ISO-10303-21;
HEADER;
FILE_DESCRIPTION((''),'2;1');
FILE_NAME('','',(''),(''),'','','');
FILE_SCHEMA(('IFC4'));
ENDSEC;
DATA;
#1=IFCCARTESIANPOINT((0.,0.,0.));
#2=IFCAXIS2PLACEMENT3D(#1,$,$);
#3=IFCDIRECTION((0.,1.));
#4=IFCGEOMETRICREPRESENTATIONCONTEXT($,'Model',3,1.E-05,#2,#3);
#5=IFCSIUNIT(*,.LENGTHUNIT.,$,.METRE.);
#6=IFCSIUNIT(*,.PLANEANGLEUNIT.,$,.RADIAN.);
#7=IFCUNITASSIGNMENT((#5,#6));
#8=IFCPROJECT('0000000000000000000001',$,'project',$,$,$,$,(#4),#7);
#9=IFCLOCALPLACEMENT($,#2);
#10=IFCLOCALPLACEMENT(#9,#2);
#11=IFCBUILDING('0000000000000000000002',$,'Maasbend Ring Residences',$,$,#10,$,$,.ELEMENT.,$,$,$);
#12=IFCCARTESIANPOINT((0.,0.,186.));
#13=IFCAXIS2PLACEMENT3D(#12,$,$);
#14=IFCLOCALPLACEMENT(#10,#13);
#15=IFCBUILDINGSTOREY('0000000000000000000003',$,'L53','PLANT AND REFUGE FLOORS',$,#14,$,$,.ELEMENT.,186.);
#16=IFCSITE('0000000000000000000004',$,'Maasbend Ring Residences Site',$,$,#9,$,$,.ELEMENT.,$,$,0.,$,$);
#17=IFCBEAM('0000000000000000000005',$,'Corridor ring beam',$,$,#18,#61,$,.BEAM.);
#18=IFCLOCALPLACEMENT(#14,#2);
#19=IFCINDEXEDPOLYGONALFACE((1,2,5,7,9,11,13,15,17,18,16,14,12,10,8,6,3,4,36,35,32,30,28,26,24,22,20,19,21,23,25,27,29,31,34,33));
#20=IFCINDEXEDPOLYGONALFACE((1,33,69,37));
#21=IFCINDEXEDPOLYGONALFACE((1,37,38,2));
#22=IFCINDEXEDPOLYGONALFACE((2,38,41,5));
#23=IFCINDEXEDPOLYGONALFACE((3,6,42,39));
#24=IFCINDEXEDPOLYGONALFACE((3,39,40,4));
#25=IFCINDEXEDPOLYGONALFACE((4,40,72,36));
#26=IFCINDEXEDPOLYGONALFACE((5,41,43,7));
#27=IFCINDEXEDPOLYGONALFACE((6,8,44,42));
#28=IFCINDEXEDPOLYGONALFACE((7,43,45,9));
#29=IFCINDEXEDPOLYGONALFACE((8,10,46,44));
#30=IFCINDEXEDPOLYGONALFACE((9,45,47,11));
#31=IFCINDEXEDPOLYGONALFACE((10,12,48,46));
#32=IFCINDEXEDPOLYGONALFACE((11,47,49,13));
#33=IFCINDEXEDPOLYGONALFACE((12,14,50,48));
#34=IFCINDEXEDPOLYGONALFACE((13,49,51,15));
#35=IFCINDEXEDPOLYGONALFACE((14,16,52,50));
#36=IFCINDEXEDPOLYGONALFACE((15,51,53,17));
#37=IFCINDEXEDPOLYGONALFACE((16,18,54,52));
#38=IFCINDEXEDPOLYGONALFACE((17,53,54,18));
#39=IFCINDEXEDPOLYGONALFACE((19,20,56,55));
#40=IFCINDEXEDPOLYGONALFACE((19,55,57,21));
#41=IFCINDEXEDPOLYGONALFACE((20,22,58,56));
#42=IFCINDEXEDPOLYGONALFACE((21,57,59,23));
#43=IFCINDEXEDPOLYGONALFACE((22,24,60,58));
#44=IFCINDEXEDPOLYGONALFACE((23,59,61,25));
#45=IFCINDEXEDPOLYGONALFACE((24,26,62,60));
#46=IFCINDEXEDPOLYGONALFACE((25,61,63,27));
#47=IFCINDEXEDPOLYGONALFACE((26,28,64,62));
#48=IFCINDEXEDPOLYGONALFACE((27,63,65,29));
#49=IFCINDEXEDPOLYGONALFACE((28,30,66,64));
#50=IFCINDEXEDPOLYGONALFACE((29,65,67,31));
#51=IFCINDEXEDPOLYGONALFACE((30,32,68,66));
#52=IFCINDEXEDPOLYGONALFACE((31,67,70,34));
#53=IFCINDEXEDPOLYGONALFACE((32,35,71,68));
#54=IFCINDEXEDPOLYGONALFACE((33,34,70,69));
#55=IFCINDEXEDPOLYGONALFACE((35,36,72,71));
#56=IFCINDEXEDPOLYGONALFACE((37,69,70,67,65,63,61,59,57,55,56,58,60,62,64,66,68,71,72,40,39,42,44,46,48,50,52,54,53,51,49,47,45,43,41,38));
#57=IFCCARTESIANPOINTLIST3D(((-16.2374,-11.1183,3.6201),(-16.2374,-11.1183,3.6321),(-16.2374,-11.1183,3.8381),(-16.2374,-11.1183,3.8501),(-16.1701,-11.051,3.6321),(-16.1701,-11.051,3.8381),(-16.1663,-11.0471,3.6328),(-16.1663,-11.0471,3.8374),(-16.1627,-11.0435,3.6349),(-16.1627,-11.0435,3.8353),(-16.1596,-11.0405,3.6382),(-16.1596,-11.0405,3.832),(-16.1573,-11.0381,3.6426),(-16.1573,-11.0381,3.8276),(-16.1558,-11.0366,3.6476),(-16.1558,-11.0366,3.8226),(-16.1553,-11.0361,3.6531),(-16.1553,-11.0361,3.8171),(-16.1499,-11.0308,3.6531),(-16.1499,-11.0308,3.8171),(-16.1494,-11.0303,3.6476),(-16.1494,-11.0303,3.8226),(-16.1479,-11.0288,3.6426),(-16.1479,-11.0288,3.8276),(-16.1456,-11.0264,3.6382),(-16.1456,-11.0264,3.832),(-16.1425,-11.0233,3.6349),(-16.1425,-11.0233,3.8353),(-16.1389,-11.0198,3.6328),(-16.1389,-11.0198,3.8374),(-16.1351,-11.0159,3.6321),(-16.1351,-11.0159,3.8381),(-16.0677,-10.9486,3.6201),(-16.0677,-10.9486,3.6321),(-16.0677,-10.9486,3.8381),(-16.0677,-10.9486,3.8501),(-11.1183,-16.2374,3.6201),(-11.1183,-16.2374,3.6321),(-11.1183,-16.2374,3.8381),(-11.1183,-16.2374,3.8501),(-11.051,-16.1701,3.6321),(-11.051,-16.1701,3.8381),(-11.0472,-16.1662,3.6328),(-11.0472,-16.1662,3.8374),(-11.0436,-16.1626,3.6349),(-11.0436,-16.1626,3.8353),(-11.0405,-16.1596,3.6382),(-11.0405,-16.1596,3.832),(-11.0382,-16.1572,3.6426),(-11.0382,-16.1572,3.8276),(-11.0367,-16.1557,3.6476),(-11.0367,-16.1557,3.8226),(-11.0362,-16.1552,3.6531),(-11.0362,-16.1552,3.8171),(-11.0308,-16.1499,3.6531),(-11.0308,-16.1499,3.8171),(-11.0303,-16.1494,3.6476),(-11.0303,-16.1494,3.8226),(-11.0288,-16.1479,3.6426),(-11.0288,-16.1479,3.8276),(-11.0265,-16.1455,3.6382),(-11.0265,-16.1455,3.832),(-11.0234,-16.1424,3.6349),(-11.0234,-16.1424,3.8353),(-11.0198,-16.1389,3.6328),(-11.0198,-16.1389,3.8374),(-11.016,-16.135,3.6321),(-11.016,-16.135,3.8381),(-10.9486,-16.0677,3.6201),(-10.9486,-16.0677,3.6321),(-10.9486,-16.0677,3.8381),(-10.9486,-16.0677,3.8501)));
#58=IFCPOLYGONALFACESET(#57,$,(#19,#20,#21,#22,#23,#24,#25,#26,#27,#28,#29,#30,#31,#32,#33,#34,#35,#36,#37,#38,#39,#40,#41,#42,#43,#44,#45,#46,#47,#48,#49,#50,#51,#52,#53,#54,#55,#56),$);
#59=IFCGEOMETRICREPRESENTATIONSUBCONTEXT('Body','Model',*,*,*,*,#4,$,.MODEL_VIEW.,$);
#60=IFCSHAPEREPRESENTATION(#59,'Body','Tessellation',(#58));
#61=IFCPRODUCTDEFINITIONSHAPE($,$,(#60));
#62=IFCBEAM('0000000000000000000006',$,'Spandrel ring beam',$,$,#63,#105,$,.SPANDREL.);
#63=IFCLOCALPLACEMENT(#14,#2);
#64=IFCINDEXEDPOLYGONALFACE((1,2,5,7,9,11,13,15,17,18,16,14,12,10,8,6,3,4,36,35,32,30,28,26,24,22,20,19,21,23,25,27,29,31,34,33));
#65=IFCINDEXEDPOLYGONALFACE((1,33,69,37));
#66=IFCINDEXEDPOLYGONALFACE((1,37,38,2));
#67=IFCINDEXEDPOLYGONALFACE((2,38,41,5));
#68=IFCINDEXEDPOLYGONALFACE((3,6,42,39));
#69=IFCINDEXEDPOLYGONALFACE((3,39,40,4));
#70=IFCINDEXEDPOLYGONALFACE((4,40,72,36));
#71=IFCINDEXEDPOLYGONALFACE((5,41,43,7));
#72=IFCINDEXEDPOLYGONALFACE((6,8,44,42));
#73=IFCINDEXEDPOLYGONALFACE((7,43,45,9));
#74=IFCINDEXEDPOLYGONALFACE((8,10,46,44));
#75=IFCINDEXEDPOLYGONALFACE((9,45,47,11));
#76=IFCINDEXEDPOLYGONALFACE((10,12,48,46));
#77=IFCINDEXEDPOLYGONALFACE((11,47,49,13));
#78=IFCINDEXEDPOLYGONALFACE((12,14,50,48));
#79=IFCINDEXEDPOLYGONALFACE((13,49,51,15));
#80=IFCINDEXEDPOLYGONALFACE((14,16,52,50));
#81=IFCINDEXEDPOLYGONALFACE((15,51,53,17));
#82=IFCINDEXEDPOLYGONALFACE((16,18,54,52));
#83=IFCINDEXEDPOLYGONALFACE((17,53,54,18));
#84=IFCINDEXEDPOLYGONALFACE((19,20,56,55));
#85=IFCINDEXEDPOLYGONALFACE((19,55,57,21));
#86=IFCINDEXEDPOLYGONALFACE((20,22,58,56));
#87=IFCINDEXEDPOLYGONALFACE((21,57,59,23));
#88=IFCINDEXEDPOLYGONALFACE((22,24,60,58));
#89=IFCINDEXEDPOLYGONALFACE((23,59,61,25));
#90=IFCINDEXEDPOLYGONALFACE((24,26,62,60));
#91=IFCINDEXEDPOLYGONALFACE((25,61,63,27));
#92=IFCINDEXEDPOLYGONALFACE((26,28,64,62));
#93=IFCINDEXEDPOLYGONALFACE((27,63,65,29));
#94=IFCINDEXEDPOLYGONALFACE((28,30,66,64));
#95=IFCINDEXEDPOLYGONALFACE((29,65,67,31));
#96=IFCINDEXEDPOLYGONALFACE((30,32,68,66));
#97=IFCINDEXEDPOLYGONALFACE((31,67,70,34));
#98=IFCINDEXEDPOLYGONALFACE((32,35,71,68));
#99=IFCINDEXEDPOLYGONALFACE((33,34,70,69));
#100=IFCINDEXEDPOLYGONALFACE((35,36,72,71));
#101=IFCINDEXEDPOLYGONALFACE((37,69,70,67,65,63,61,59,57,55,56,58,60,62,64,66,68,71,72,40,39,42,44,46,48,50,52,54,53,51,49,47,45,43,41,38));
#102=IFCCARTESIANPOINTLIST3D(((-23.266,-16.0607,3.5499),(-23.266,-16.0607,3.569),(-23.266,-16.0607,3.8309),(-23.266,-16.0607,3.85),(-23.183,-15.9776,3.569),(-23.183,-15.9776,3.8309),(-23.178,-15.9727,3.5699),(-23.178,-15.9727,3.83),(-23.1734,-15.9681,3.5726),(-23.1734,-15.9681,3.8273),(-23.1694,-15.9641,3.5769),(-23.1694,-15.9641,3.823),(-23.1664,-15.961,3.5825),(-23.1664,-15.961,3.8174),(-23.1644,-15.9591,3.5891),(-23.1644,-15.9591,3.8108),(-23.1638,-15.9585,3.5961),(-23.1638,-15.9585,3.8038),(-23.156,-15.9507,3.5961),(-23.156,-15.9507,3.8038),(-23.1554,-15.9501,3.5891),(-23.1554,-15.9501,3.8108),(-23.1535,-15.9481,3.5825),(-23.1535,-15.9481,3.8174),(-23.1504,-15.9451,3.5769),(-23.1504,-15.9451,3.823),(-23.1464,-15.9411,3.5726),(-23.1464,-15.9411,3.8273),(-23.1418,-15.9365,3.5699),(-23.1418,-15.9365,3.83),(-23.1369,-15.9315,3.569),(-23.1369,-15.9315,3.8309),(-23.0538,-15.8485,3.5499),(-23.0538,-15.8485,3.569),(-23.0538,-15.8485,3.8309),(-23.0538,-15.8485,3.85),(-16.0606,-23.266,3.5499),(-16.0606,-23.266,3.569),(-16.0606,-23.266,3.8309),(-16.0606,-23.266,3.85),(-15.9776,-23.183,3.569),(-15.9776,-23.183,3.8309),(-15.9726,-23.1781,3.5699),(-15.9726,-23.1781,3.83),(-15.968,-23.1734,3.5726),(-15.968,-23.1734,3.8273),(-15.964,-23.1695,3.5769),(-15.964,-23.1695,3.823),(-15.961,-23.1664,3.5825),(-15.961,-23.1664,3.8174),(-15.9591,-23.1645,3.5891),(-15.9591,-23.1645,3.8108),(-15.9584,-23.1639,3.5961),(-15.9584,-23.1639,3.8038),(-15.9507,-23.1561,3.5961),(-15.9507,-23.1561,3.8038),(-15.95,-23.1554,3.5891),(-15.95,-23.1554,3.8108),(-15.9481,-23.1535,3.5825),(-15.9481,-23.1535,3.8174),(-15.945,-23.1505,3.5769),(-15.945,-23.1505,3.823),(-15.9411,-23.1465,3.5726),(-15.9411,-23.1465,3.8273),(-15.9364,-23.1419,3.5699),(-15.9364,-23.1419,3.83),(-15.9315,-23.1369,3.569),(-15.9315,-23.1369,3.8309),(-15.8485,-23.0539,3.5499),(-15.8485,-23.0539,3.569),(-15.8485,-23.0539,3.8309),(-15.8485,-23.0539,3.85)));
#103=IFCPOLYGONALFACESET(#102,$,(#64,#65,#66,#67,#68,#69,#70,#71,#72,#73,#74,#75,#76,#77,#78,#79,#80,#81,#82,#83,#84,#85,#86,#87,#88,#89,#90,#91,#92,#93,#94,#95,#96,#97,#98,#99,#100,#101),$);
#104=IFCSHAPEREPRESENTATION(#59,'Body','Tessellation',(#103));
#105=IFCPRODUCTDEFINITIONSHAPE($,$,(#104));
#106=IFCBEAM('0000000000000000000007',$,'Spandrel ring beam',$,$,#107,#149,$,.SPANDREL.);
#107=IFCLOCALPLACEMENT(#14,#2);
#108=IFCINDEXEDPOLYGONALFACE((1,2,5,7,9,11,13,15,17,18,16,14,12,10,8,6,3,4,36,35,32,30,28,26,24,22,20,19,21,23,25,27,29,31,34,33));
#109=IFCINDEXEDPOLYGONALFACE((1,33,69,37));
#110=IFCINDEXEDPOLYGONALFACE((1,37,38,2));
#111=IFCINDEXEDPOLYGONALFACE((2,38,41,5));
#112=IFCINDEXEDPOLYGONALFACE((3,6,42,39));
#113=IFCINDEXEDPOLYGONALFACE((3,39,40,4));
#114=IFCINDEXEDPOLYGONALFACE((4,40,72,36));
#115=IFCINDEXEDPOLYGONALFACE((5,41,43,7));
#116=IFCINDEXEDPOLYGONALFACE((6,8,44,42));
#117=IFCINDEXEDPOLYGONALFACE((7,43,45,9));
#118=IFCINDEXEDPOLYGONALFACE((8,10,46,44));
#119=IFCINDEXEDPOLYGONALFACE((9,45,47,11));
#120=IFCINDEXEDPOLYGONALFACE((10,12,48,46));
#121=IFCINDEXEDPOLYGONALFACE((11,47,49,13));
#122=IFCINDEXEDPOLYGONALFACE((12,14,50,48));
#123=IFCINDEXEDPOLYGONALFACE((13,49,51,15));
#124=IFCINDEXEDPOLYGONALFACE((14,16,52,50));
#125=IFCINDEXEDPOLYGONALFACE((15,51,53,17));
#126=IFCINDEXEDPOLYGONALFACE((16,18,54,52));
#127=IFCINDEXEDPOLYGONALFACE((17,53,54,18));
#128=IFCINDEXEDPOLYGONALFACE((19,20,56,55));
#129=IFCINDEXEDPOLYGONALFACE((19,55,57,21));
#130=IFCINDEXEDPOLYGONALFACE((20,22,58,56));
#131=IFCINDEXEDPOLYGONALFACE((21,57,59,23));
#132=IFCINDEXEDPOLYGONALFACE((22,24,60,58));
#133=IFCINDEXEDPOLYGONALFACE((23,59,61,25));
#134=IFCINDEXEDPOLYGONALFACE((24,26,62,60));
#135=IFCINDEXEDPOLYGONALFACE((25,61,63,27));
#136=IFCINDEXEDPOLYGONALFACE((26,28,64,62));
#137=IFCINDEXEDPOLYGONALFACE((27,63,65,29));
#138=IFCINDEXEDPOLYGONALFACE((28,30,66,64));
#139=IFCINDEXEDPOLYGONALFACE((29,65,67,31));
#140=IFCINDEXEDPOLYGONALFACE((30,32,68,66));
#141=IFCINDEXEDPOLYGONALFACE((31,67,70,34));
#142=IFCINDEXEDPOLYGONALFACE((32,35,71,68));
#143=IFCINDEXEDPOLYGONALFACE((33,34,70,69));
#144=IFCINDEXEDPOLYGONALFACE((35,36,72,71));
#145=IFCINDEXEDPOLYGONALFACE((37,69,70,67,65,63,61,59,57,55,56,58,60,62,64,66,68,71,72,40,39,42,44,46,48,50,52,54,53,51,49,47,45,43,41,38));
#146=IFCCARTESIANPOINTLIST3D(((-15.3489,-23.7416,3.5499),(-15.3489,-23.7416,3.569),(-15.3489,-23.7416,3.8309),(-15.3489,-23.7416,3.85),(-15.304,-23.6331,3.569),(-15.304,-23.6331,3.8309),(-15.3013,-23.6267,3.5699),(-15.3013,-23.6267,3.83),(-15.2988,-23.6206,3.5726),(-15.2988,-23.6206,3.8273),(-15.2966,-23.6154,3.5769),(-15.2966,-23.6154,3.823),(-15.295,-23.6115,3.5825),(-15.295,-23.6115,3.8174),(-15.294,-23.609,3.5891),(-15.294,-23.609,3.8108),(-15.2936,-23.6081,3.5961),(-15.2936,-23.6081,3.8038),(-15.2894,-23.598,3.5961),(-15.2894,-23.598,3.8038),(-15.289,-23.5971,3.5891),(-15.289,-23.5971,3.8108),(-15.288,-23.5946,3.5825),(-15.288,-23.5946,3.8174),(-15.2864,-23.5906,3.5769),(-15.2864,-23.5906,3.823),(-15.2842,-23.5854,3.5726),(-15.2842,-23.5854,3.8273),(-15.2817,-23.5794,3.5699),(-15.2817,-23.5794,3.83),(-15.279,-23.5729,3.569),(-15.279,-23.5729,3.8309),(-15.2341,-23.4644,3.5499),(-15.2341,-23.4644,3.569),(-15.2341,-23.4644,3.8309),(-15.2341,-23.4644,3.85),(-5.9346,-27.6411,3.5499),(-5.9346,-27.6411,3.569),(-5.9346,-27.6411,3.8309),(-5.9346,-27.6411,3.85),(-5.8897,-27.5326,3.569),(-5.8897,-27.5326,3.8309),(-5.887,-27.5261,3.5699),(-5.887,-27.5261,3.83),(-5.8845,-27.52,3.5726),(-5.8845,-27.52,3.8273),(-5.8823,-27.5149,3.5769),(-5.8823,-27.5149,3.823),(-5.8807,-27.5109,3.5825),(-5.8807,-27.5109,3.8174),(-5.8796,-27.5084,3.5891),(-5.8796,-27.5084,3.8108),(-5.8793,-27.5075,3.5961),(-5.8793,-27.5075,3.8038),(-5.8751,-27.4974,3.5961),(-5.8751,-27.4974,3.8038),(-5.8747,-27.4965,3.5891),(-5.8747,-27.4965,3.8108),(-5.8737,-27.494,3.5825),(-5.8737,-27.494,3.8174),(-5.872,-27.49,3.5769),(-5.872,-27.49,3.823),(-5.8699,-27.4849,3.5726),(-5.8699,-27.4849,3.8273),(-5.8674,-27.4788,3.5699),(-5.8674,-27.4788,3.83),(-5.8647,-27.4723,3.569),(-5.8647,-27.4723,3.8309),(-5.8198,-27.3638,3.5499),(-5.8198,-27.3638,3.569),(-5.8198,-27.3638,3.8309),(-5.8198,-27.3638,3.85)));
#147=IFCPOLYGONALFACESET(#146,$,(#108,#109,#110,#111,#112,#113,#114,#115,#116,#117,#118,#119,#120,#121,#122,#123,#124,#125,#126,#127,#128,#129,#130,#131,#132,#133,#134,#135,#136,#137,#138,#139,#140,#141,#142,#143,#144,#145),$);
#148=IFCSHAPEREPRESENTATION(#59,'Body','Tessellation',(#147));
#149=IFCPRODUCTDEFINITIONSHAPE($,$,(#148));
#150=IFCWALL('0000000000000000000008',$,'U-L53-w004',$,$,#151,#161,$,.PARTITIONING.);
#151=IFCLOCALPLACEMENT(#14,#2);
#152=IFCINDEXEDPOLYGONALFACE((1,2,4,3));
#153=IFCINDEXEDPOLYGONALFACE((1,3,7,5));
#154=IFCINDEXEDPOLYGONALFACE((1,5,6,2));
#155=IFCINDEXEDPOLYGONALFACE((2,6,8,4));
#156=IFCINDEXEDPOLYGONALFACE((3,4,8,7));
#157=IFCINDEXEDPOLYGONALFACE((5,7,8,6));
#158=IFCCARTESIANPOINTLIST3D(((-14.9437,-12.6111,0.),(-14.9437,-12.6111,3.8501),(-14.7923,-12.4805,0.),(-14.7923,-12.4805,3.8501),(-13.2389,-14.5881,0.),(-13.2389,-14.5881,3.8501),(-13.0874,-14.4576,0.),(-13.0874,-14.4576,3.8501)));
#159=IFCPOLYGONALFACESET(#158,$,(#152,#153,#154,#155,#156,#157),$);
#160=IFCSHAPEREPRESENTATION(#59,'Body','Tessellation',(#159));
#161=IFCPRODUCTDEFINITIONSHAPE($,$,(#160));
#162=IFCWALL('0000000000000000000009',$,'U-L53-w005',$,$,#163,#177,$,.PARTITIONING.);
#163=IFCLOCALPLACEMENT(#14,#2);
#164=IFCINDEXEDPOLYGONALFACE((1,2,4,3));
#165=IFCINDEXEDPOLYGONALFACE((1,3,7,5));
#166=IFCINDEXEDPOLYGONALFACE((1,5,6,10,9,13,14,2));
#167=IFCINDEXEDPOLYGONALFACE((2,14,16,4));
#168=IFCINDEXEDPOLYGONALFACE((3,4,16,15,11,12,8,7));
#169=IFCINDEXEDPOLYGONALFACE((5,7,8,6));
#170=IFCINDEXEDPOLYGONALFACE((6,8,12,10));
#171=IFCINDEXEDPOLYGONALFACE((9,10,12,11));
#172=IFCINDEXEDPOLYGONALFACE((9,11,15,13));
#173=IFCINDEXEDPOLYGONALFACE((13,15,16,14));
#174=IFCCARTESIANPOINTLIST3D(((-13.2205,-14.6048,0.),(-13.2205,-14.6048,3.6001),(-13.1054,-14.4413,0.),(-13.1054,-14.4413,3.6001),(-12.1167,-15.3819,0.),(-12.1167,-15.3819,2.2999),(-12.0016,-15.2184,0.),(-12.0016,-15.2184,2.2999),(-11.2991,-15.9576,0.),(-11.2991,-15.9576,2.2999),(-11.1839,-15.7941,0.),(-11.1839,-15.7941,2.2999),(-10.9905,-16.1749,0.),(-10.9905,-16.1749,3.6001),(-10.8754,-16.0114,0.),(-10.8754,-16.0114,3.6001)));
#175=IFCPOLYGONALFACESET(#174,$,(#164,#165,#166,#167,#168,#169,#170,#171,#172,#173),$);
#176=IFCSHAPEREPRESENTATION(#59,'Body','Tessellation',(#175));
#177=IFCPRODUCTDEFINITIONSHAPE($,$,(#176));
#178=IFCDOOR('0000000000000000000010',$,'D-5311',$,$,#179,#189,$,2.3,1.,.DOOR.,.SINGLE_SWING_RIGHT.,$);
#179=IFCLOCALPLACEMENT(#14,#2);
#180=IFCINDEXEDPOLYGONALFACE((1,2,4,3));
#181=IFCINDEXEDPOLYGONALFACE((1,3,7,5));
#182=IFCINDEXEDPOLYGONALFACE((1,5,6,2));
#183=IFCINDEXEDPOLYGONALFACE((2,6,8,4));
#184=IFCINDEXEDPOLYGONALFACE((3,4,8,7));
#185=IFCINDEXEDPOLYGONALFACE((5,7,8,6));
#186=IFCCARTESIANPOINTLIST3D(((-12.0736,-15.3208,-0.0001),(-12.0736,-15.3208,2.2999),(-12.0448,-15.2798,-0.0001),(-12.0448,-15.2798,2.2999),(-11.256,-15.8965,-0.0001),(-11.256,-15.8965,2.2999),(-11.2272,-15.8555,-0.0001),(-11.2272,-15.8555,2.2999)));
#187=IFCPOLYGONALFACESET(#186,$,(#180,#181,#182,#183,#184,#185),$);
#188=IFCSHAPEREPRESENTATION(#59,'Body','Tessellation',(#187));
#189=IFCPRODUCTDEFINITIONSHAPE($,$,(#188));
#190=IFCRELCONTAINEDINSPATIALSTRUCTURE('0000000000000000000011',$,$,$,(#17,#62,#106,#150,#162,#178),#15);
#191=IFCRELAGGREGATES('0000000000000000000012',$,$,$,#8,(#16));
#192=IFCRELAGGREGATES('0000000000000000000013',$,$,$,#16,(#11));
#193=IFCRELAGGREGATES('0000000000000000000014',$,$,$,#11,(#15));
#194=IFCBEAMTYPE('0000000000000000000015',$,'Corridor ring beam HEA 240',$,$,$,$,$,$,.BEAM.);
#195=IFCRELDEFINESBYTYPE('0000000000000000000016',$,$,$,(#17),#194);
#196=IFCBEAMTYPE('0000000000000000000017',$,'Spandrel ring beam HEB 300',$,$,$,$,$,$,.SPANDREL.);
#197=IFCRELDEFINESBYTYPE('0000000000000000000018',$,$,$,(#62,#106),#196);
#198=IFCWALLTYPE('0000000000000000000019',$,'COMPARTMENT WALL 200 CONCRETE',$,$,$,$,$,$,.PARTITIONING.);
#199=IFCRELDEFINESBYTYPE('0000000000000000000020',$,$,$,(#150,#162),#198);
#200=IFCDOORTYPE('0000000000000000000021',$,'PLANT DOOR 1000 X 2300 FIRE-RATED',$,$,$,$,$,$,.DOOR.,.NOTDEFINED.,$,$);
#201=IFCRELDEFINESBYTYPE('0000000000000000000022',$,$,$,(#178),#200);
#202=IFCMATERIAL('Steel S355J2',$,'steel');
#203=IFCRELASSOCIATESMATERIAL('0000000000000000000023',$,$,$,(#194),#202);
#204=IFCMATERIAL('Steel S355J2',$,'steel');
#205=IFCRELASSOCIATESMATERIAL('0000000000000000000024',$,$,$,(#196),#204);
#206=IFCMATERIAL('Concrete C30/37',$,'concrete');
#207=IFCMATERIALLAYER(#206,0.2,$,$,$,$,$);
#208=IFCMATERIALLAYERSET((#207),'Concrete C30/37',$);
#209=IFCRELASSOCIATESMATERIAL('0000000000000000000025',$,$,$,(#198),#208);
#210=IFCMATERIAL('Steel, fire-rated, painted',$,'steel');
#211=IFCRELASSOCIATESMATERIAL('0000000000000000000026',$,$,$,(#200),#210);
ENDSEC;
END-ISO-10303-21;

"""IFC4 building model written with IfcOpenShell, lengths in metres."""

from ifc_helpers import new_model, si_unit, direction, frame, frame_2d, origin, origin_2d, place, context, subcontext, project, spatial, rectangle, i_section, extrude, material, layer, layer_set, material_profile, profile_set, type_object, element, fill, save


model = new_model("IFC4")

# Units and contexts
model_context = context("Model", 3, precision=1e-05, world=origin(), true_north=direction((0.0, 1.0)))
body_context = subcontext(model_context, "Body", "Model", "MODEL_VIEW")
ifc_project = project(units=[si_unit("LENGTHUNIT", "METRE"), si_unit("PLANEANGLEUNIT", "RADIAN")], contexts=[model_context])

# Site, building, storey
site_placement = place(None, origin())
site = spatial("IfcSite", under=ifc_project, at=site_placement, Name="Maasbend Ring Residences Site", CompositionType="ELEMENT", RefElevation=0.0)
building_placement = place(site_placement, origin())
building = spatial("IfcBuilding", under=site, at=building_placement, Name="Maasbend Ring Residences", CompositionType="ELEMENT")
storey_placement = place(building_placement, frame((0.0, 0.0, 186.0)))
storey = spatial("IfcBuildingStorey", under=building, at=storey_placement, Name="L53", Description="PLANT AND REFUGE FLOORS", CompositionType="ELEMENT", Elevation=186.0)

# Beams
ifc_material_1 = material(Name="Steel S355J2", Category="steel")
ifc_material_profile_1 = material_profile(ifc_material_1, i_section(OverallWidth=0.24, OverallDepth=0.23, WebThickness=0.0076, FlangeThickness=0.012, FilletRadius=0.021, at=origin_2d()), Name="HEA 240")
ifc_profile_set_1 = profile_set([ifc_material_profile_1], Name="Steel S355J2")
beam_type_1 = type_object("IfcBeamType", Name="Corridor ring beam HEA 240", PredefinedType="BEAM", material=ifc_profile_set_1)
beam_placement = place(storey_placement, frame((-16.1526, -11.0334, 3.7351), z_axis=(0.707107, -0.707107, 0.0), x_axis=(0.707107, 0.707107, 0.0)))
element("IfcBeam", 1, at=beam_placement, inside=storey, type_object=beam_type_1, Name="Corridor ring beam", PredefinedType="BEAM", context=body_context, shape_type="SweptSolid", body=[
    extrude(i_section(OverallWidth=0.24, OverallDepth=0.23, WebThickness=0.0076, FlangeThickness=0.012, FilletRadius=0.021, at=origin_2d()), origin(), (0.0, 0.0, 1.0), 7.2395),
])
ifc_material_2 = material(Name="Steel S355J2", Category="steel")
ifc_material_profile_2 = material_profile(ifc_material_2, i_section(OverallWidth=0.3, OverallDepth=0.3, WebThickness=0.011, FlangeThickness=0.019, FilletRadius=0.0271, at=origin_2d()), Name="HEB 300")
ifc_profile_set_2 = profile_set([ifc_material_profile_2], Name="Steel S355J2")
beam_type_2 = type_object("IfcBeamType", Name="Spandrel ring beam HEB 300", PredefinedType="SPANDREL", material=ifc_profile_set_2)
for number, where, z_axis, x_axis, name in (
    (2, (-23.1599, -15.9546, 3.7), (0.707107, -0.707107, 0.0), (0.707107, 0.707107, 0.0), "Spandrel ring beam"),
    (3, (-15.2915, -23.603, 3.7), (0.923884, -0.382673, 0.0), (0.382673, 0.923884, 0.0), "Spandrel ring beam"),
):
    element("IfcBeam", number, at=place(storey_placement, frame(where, z_axis=z_axis, x_axis=x_axis)), inside=storey, type_object=beam_type_2, Name=name, PredefinedType="SPANDREL", context=body_context, shape_type="SweptSolid", body=[
        extrude(i_section(OverallWidth=0.3, OverallDepth=0.3, WebThickness=0.011, FlangeThickness=0.019, FilletRadius=0.0271, at=origin_2d()), origin(), (0.0, 0.0, 1.0), 10.1899),
    ])

# Wall
ifc_material_3 = material(Name="Concrete C30/37", Category="concrete")
ifc_layer_1 = layer(ifc_material_3, 0.2)
ifc_layer_set_1 = layer_set([ifc_layer_1], Name="Concrete C30/37")
wall_type_1 = type_object("IfcWallType", Name="COMPARTMENT WALL 200 CONCRETE", PredefinedType="PARTITIONING", material=ifc_layer_set_1)
wall_1_placement = place(storey_placement, frame((-14.8679, -12.5459, 0.0), z_axis=(0.0, 0.0, 1.0), x_axis=(0.653045, -0.757319, 0.0)))
element("IfcWall", 4, at=wall_1_placement, inside=storey, type_object=wall_type_1, Name="U-L53-w004", PredefinedType="PARTITIONING", context=body_context, shape_type="SweptSolid", body=[
    extrude(rectangle(XDim=2.6106, YDim=0.2, at=frame_2d((1.3052, 0.0))), origin(), (0.0, 0.0, 1.0), 3.8501),
])

# Wall, opening, door
wall_2_placement = place(storey_placement, frame((-13.1631, -14.5229, 0.0), z_axis=(0.0, 0.0, 1.0), x_axis=(0.817664, -0.575695, 0.0)))
wall_2 = element("IfcWall", 5, at=wall_2_placement, inside=storey, type_object=wall_type_1, Name="U-L53-w005", PredefinedType="PARTITIONING", context=body_context, shape_type="SweptSolid", body=[
    extrude(rectangle(XDim=2.7273, YDim=0.2, at=frame_2d((1.3638, 0.0))), origin(), (0.0, 0.0, 1.0), 3.6001),
])
opening_1_placement = place(wall_2_placement, frame((1.3501, 0.0, 0.0)))
opening_1 = element("IfcOpeningElement", 6, at=opening_1_placement, cuts=wall_2, PredefinedType="OPENING", context=body_context, shape_type="SweptSolid", body=[
    extrude(rectangle(XDim=1.0, YDim=2.3, at=frame_2d((0.5, 1.1499))), frame((0.0, 0.1099, 0.0), z_axis=(0.0, -1.0, 0.0), x_axis=(1.0, 0.0, 0.0)), (0.0, 0.0, 1.0), 0.22),
])
ifc_material_4 = material(Name="Steel, fire-rated, painted", Category="steel")
door_type = type_object("IfcDoorType", Name="PLANT DOOR 1000 X 2300 FIRE-RATED", OperationType="NOTDEFINED", PredefinedType="DOOR", material=ifc_material_4)
door_1_placement = place(opening_1_placement, origin())
door_1 = element("IfcDoor", 7, at=door_1_placement, inside=storey, type_object=door_type, Name="D-5311", OperationType="SINGLE_SWING_RIGHT", OverallHeight=2.3, OverallWidth=1.0, PredefinedType="DOOR", context=body_context, shape_type="SweptSolid", body=[
    extrude(rectangle(XDim=1.0, YDim=2.3, at=frame_2d((0.5, 1.1499))), frame((0.0, 0.0249, 0.0), z_axis=(0.0, -1.0, 0.0), x_axis=(1.0, 0.0, 0.0)), (0.0, 0.0, 1.0), 0.05),
])
fill(opening_1, door_1)

save(model, "model.ifc")
